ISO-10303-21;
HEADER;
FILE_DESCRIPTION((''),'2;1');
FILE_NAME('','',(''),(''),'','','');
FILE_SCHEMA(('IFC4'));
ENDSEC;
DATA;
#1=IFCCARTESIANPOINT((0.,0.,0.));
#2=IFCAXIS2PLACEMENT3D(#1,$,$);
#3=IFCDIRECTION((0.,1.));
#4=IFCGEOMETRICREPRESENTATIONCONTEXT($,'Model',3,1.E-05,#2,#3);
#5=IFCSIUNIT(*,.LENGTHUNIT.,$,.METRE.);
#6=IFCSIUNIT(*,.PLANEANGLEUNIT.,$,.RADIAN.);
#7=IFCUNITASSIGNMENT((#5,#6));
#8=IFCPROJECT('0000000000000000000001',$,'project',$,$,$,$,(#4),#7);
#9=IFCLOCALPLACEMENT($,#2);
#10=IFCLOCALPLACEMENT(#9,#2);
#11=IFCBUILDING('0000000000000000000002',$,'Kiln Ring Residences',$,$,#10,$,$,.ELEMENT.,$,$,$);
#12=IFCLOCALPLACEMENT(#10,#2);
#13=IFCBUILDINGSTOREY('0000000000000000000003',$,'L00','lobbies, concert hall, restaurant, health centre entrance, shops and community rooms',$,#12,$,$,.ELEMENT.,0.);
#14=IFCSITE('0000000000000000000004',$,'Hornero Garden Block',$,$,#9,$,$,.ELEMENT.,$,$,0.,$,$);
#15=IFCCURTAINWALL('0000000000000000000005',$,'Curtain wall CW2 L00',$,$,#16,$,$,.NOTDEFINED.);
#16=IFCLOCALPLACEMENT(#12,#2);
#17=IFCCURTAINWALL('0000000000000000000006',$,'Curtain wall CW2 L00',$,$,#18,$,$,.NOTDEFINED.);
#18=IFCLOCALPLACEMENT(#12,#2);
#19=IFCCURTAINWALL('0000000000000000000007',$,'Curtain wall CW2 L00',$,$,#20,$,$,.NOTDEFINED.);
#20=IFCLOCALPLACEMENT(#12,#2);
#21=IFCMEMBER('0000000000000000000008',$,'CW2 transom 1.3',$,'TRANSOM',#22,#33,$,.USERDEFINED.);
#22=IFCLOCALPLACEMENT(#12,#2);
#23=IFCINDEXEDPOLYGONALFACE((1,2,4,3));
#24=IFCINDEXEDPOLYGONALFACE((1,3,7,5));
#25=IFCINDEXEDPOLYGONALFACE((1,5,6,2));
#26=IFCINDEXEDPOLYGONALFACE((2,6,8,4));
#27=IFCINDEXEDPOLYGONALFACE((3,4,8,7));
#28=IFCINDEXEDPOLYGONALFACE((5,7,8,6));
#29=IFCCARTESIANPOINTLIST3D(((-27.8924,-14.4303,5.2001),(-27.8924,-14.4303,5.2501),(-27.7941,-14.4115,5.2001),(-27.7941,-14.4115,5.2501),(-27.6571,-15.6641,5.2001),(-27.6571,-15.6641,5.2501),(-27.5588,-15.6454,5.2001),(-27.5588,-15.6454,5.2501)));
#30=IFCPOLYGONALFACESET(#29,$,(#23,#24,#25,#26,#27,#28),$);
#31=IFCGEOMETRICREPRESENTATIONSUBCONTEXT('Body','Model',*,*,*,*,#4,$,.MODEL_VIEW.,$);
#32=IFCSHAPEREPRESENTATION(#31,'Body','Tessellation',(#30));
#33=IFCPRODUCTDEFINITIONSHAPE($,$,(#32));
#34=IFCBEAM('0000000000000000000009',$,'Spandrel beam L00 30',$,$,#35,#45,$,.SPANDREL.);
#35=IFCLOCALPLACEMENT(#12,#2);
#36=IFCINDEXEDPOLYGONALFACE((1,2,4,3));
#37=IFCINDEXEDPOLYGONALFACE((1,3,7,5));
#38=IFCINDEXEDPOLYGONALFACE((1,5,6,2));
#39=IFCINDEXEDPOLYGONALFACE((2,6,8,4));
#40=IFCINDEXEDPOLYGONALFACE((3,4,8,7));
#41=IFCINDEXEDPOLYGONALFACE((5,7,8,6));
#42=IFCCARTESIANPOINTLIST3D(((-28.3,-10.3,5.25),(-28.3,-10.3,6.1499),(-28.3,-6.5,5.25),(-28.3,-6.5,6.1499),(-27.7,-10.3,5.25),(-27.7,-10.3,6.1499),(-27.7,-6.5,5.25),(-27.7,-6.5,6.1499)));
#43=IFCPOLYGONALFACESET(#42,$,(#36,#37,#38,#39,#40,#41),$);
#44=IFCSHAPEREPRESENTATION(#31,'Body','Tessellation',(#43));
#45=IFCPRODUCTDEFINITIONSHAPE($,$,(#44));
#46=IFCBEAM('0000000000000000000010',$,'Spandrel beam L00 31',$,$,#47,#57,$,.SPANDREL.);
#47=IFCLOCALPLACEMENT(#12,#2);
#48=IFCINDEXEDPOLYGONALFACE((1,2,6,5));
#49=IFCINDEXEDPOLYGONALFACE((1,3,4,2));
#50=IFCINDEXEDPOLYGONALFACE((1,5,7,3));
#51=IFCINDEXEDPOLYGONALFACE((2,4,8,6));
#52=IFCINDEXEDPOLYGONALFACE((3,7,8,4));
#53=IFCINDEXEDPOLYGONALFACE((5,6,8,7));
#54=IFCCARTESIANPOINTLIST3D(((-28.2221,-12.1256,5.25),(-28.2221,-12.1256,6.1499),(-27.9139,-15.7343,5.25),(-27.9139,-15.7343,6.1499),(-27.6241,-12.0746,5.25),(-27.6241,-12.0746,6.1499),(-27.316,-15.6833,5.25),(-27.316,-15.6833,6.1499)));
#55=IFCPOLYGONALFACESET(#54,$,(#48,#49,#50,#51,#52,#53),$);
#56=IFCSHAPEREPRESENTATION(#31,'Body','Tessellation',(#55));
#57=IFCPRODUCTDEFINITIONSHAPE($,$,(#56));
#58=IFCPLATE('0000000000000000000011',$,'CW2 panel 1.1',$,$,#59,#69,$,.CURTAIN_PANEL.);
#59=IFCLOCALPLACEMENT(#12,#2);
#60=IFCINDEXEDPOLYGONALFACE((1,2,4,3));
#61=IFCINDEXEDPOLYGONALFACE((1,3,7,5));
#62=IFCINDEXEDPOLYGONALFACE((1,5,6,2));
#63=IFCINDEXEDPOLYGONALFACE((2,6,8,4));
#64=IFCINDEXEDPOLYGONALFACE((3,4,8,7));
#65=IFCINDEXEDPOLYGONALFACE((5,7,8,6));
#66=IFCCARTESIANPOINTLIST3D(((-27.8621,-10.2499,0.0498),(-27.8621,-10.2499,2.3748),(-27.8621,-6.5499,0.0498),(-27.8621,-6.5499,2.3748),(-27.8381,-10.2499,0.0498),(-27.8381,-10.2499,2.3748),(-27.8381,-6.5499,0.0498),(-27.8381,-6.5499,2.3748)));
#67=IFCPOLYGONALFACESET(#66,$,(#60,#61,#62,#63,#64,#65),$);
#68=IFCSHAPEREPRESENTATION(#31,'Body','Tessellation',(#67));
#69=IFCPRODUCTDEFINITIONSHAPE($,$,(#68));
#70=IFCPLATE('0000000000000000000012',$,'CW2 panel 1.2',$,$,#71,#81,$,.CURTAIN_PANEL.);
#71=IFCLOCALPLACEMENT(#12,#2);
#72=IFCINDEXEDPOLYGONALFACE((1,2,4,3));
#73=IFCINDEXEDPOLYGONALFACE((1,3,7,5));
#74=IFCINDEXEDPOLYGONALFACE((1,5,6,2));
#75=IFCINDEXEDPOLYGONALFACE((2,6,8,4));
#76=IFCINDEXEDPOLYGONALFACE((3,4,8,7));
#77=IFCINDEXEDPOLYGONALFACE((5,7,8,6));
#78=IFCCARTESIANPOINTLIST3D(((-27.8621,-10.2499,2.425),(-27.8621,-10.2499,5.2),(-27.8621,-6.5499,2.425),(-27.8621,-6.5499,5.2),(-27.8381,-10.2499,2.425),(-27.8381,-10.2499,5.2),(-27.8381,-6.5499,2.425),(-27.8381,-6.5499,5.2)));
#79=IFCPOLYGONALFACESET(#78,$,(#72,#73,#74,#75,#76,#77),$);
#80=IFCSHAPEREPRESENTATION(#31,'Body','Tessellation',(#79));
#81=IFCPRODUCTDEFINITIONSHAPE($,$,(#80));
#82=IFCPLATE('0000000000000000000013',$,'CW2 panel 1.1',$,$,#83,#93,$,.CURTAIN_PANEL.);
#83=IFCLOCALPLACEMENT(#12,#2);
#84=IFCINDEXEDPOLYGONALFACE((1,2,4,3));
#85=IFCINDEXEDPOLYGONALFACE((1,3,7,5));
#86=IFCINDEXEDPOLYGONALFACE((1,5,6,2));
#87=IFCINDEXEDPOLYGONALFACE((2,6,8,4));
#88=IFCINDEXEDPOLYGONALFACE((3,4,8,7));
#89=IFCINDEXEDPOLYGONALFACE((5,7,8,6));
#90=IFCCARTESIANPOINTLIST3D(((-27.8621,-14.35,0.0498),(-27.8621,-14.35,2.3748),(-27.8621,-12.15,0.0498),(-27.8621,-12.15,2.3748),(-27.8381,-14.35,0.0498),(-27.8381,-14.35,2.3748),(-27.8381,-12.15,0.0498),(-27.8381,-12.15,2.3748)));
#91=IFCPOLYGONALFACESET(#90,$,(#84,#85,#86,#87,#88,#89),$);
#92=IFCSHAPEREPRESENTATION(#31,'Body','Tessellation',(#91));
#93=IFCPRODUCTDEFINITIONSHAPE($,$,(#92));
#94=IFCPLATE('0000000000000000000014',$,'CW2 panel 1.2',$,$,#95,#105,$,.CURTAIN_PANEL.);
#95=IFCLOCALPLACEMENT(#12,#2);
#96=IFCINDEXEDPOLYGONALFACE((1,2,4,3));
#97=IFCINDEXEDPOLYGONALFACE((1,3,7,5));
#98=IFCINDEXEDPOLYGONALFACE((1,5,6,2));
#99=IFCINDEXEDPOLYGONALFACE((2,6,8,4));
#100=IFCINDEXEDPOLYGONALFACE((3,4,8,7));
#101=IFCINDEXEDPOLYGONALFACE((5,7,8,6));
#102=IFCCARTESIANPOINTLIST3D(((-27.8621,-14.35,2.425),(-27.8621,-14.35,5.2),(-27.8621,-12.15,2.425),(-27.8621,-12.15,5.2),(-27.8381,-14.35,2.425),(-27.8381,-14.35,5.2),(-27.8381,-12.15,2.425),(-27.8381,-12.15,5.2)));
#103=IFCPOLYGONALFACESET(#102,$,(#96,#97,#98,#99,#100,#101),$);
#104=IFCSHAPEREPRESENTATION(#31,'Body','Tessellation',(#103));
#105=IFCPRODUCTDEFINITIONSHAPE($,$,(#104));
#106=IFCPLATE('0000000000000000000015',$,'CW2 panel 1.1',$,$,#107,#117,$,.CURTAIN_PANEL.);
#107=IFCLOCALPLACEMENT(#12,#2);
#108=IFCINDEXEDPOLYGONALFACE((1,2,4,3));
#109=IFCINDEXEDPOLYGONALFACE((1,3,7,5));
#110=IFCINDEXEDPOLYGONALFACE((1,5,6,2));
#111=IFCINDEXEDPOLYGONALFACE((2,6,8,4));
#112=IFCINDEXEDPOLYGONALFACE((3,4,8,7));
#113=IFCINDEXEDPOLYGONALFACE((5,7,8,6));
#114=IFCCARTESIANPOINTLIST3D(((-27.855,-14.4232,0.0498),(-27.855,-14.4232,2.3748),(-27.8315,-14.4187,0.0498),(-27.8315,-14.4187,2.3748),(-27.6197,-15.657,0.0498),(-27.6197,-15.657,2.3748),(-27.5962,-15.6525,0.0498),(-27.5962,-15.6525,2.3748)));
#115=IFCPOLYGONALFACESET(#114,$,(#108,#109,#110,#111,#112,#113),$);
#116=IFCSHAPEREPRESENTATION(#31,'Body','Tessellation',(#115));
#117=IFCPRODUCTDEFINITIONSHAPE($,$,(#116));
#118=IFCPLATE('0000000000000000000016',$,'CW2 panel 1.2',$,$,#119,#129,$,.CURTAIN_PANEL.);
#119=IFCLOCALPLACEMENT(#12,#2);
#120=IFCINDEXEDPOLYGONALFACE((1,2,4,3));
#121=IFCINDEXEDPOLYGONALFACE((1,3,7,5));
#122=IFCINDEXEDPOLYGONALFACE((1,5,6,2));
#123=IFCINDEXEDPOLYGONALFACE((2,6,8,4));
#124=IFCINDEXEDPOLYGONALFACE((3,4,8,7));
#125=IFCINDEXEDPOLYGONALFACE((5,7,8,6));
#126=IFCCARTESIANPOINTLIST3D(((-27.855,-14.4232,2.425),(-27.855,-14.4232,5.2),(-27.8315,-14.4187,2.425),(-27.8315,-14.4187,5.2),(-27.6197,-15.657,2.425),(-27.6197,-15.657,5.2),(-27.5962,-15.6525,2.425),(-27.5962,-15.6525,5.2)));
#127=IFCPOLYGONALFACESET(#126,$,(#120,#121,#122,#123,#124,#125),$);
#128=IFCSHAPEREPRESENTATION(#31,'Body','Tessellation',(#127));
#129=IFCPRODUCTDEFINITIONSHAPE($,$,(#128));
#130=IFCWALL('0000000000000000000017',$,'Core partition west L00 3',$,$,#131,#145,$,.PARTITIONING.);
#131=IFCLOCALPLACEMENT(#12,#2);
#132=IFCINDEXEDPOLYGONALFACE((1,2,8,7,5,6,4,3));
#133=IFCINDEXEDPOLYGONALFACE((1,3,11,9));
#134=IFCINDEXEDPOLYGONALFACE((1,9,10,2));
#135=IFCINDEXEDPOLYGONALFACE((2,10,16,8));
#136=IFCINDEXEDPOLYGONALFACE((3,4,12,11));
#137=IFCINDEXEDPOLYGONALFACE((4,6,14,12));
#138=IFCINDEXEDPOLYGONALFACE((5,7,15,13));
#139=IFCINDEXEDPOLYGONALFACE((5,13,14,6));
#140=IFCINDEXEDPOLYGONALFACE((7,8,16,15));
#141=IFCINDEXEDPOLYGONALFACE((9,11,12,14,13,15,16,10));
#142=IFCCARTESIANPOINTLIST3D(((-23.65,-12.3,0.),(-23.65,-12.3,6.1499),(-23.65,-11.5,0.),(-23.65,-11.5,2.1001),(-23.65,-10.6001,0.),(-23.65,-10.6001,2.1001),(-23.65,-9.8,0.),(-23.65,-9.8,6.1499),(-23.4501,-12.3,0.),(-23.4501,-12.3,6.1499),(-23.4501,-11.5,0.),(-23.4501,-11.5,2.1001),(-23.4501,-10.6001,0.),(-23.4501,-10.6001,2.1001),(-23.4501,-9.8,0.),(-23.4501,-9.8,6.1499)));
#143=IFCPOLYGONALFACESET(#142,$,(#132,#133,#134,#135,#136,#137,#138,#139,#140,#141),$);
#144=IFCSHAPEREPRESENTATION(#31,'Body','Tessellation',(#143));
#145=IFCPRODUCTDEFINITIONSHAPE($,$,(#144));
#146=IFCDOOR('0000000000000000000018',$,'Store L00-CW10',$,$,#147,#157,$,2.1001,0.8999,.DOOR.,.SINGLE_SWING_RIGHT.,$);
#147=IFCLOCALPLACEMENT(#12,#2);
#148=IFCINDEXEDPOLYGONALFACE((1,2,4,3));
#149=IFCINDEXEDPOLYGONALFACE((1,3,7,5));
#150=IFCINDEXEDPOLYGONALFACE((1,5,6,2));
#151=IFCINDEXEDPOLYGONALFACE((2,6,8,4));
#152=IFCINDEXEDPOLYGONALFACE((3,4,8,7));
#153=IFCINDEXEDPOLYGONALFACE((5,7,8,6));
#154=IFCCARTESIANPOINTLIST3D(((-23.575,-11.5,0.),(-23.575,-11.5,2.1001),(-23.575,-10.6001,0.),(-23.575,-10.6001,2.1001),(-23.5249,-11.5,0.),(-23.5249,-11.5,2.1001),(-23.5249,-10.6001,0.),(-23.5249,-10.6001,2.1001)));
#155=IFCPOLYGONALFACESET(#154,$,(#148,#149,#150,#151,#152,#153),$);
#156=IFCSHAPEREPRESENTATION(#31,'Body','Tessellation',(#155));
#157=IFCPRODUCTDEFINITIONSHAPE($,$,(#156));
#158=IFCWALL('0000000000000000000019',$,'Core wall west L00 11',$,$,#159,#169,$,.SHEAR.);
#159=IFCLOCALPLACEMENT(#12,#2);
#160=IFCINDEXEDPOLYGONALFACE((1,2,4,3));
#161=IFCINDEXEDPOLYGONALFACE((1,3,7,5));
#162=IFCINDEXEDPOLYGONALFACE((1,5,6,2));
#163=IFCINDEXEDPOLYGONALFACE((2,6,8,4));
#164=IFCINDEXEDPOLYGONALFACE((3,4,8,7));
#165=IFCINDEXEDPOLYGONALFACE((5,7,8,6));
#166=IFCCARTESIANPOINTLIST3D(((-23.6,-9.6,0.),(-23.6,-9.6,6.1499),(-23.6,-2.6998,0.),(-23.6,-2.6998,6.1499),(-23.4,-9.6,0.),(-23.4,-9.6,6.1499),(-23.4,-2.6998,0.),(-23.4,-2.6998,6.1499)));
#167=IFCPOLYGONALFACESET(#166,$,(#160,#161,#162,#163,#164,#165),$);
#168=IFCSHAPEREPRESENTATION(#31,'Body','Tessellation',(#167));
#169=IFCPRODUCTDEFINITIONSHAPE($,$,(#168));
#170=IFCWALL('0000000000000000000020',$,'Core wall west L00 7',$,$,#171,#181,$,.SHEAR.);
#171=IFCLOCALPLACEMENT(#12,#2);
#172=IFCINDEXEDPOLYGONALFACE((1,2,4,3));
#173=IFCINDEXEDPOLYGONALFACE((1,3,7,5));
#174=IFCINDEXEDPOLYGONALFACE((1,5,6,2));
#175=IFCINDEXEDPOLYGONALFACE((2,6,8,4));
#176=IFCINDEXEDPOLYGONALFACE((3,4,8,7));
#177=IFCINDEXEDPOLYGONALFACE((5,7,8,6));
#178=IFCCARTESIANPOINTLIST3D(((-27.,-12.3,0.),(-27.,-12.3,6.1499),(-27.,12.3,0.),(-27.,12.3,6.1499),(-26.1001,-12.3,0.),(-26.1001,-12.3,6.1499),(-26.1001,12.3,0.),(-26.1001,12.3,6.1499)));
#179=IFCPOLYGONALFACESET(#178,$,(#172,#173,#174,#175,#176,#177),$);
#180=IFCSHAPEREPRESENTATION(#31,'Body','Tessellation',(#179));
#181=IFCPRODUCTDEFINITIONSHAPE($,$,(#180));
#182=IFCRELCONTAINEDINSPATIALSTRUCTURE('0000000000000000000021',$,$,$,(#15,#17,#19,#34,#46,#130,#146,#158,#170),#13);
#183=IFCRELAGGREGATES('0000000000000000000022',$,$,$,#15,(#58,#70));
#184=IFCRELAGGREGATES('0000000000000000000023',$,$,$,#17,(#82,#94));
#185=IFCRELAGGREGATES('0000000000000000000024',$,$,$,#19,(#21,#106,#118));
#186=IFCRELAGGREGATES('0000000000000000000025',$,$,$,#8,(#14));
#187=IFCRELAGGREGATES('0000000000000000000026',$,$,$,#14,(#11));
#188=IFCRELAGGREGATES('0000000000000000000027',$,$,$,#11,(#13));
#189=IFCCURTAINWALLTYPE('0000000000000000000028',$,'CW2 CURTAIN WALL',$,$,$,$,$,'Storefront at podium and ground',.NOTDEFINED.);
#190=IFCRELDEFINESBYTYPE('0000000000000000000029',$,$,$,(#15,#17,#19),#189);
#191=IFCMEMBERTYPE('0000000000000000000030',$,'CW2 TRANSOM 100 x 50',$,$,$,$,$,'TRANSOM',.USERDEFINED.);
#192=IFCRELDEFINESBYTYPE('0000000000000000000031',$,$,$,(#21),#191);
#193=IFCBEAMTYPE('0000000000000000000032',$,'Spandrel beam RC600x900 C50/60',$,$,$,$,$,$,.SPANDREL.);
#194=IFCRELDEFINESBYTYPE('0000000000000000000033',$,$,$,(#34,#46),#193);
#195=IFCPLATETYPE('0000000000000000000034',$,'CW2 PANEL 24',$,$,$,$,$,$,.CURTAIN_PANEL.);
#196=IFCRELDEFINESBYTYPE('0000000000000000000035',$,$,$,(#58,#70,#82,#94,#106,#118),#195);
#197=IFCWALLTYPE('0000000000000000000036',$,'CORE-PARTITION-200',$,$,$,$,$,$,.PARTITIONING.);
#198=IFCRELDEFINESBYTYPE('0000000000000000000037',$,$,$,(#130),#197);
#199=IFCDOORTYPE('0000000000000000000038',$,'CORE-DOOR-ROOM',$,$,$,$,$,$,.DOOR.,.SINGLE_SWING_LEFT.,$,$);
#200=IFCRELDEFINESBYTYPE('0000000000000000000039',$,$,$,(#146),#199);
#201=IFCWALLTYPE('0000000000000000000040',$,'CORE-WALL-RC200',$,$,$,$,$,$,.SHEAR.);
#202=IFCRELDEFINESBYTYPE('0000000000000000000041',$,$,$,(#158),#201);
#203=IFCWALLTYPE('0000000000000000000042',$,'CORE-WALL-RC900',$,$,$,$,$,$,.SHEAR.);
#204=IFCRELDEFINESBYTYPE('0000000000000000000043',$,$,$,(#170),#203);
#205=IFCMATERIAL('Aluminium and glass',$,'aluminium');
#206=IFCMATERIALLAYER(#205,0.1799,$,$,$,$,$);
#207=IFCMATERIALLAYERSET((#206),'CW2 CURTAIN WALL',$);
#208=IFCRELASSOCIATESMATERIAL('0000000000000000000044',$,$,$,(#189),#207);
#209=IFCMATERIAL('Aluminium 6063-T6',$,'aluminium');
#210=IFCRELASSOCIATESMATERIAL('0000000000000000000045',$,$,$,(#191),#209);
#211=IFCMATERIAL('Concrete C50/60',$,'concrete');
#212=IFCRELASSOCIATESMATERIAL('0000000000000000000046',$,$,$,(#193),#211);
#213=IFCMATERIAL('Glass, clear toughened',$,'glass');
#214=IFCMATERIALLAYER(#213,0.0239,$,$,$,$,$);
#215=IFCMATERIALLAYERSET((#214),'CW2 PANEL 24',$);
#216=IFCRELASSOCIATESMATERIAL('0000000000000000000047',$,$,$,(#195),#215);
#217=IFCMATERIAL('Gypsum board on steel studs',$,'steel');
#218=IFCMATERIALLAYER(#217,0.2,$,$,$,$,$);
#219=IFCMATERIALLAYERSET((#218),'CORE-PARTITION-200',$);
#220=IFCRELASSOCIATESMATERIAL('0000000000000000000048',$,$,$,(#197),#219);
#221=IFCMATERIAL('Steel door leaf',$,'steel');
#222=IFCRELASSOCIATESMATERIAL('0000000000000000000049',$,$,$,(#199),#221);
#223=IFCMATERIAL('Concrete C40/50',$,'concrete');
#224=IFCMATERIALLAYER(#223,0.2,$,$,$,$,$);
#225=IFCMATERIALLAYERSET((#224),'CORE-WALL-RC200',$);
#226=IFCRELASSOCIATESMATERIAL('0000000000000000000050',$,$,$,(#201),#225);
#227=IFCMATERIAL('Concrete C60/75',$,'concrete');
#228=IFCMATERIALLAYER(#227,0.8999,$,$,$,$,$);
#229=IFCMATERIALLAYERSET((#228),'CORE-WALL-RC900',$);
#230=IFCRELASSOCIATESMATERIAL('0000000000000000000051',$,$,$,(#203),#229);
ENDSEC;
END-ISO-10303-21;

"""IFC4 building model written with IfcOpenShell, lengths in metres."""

from ifc_helpers import new_model, si_unit, direction, frame, frame_2d, origin, origin_2d, place, context, subcontext, project, spatial, rectangle, extrude, material, layer, layer_set, material_profile, profile_set, type_object, element, fill, aggregate, save


model = new_model("IFC4")

# Units and contexts
model_context = context("Model", 3, precision=1e-05, world=origin(), true_north=direction((0.0, 1.0)))
body_context = subcontext(model_context, "Body", "Model", "MODEL_VIEW")
ifc_project = project(units=[si_unit("LENGTHUNIT", "METRE"), si_unit("PLANEANGLEUNIT", "RADIAN")], contexts=[model_context])

# Site, building, storey
site_placement = place(None, origin())
site = spatial("IfcSite", under=ifc_project, at=site_placement, Name="Hornero Garden Block", CompositionType="ELEMENT", RefElevation=0.0)
building_placement = place(site_placement, origin())
building = spatial("IfcBuilding", under=site, at=building_placement, Name="Kiln Ring Residences", CompositionType="ELEMENT")
storey_placement = place(building_placement, origin())
storey = spatial("IfcBuildingStorey", under=building, at=storey_placement, Name="L00", Description="lobbies, concert hall, restaurant, health centre entrance, shops and community rooms", CompositionType="ELEMENT", Elevation=0.0)

# Curtain walls
ifc_material_1 = material(Name="Aluminium and glass", Category="aluminium")
ifc_layer_1 = layer(ifc_material_1, 0.1799)
ifc_layer_set_1 = layer_set([ifc_layer_1], Name="CW2 CURTAIN WALL")
curtain_wall_type = type_object("IfcCurtainWallType", Name="CW2 CURTAIN WALL", ElementType="Storefront at podium and ground", PredefinedType="NOTDEFINED", material=ifc_layer_set_1)
placement = place(storey_placement, origin())
curtain_wall_1 = element("IfcCurtainWall", 1, at=placement, inside=storey, type_object=curtain_wall_type, Name="Curtain wall CW2 L00", PredefinedType="NOTDEFINED")
curtain_wall_2 = element("IfcCurtainWall", 2, at=placement, inside=storey, type_object=curtain_wall_type, Name="Curtain wall CW2 L00", PredefinedType="NOTDEFINED")

# Curtain wall
curtain_wall_3 = element("IfcCurtainWall", 3, at=placement, inside=storey, type_object=curtain_wall_type, Name="Curtain wall CW2 L00", PredefinedType="NOTDEFINED")

# Member
ifc_material_2 = material(Name="Aluminium 6063-T6", Category="aluminium")
ifc_material_profile_1 = material_profile(ifc_material_2, rectangle(XDim=0.1001, YDim=0.05, at=origin_2d()), Name="AL 100x50")
ifc_profile_set_1 = profile_set([ifc_material_profile_1], Name="Aluminium 6063-T6")
member_type_1 = type_object("IfcMemberType", Name="CW2 TRANSOM 100 x 50", ElementType="TRANSOM", PredefinedType="USERDEFINED", material=ifc_profile_set_1)
member_1_placement = place(storey_placement, frame((-27.8433, -14.4209, 5.2251), z_axis=(0.187362, -0.982291, 0.0), x_axis=(0.982291, 0.187362, 0.0)))
member_1 = element("IfcMember", 4, at=member_1_placement, type_object=member_type_1, Name="CW2 transom 1.3", ObjectType="TRANSOM", PredefinedType="USERDEFINED", context=body_context, shape_type="SweptSolid", body=[
    extrude(rectangle(XDim=0.1001, YDim=0.05, at=origin_2d()), origin(), (0.0, 0.0, 1.0), 1.2561),
])

# Beams
ifc_material_3 = material(Name="Concrete C50/60", Category="concrete")
ifc_material_profile_2 = material_profile(ifc_material_3, rectangle(XDim=0.6001, YDim=0.8999, at=origin_2d()), Name="RC600x900")
ifc_profile_set_2 = profile_set([ifc_material_profile_2], Name="Concrete C50/60")
beam_type = type_object("IfcBeamType", Name="Spandrel beam RC600x900 C50/60", PredefinedType="SPANDREL", material=ifc_profile_set_2)
beam_1_placement = place(storey_placement, frame((-28.0, -6.5, 5.7), z_axis=(0.0, -1.0, 0.0), x_axis=(1.0, 0.0, 0.0)))
element("IfcBeam", 5, at=beam_1_placement, inside=storey, type_object=beam_type, Name="Spandrel beam L00 30", PredefinedType="SPANDREL", context=body_context, shape_type="SweptSolid", body=[
    extrude(rectangle(XDim=0.6001, YDim=0.8999, at=origin_2d()), origin(), (0.0, 0.0, 1.0), 3.8),
])
beam_2_placement = place(storey_placement, frame((-27.9231, -12.1001, 5.7), z_axis=(0.08507, -0.996375, 0.0), x_axis=(0.996375, 0.08507, 0.0)))
element("IfcBeam", 6, at=beam_2_placement, inside=storey, type_object=beam_type, Name="Spandrel beam L00 31", PredefinedType="SPANDREL", context=body_context, shape_type="SweptSolid", body=[
    extrude(rectangle(XDim=0.6001, YDim=0.8999, at=origin_2d()), origin(), (0.0, 0.0, 1.0), 3.6218),
])

# Plates
ifc_material_4 = material(Name="Glass, clear toughened", Category="glass")
ifc_layer_2 = layer(ifc_material_4, 0.0239)
ifc_layer_set_2 = layer_set([ifc_layer_2], Name="CW2 PANEL 24")
plate_type = type_object("IfcPlateType", Name="CW2 PANEL 24", PredefinedType="CURTAIN_PANEL", material=ifc_layer_set_2)
plate_1_placement = place(storey_placement, frame((-27.8501, -8.3999, 0.0498), z_axis=(0.0, 0.0, 1.0), x_axis=(0.0, -1.0, 0.0)))
plate_1 = element("IfcPlate", 7, at=plate_1_placement, type_object=plate_type, Name="CW2 panel 1.1", PredefinedType="CURTAIN_PANEL", context=body_context, shape_type="SweptSolid", body=[
    extrude(rectangle(XDim=3.7, YDim=0.0239, at=origin_2d()), origin(), (0.0, 0.0, 1.0), 2.325),
])
plate_2_placement = place(storey_placement, frame((-27.8501, -8.3999, 2.425), z_axis=(0.0, 0.0, 1.0), x_axis=(0.0, -1.0, 0.0)))
plate_2 = element("IfcPlate", 8, at=plate_2_placement, type_object=plate_type, Name="CW2 panel 1.2", PredefinedType="CURTAIN_PANEL", context=body_context, shape_type="SweptSolid", body=[
    extrude(rectangle(XDim=3.7, YDim=0.0239, at=origin_2d()), origin(), (0.0, 0.0, 1.0), 2.7749),
])
aggregate(curtain_wall_1, [plate_1, plate_2])
plate_3_placement = place(storey_placement, frame((-27.8501, -13.25, 0.0498), z_axis=(0.0, 0.0, 1.0), x_axis=(0.0, -1.0, 0.0)))
plate_3 = element("IfcPlate", 9, at=plate_3_placement, type_object=plate_type, Name="CW2 panel 1.1", PredefinedType="CURTAIN_PANEL", context=body_context, shape_type="SweptSolid", body=[
    extrude(rectangle(XDim=2.2, YDim=0.0239, at=origin_2d()), origin(), (0.0, 0.0, 1.0), 2.325),
])
plate_4_placement = place(storey_placement, frame((-27.8501, -13.25, 2.425), z_axis=(0.0, 0.0, 1.0), x_axis=(0.0, -1.0, 0.0)))
plate_4 = element("IfcPlate", 10, at=plate_4_placement, type_object=plate_type, Name="CW2 panel 1.2", PredefinedType="CURTAIN_PANEL", context=body_context, shape_type="SweptSolid", body=[
    extrude(rectangle(XDim=2.2, YDim=0.0239, at=origin_2d()), origin(), (0.0, 0.0, 1.0), 2.7749),
])
aggregate(curtain_wall_2, [plate_3, plate_4])
plate_5_placement = place(storey_placement, frame((-27.7256, -15.0378, 0.0498), z_axis=(0.0, 0.0, 1.0), x_axis=(0.187366, -0.98229, 0.0)))
plate_5 = element("IfcPlate", 11, at=plate_5_placement, type_object=plate_type, Name="CW2 panel 1.1", PredefinedType="CURTAIN_PANEL", context=body_context, shape_type="SweptSolid", body=[
    extrude(rectangle(XDim=1.2561, YDim=0.0239, at=origin_2d()), origin(), (0.0, 0.0, 1.0), 2.325),
])
plate_6_placement = place(storey_placement, frame((-27.7256, -15.0378, 2.425), z_axis=(0.0, 0.0, 1.0), x_axis=(0.187366, -0.98229, 0.0)))
plate_6 = element("IfcPlate", 12, at=plate_6_placement, type_object=plate_type, Name="CW2 panel 1.2", PredefinedType="CURTAIN_PANEL", context=body_context, shape_type="SweptSolid", body=[
    extrude(rectangle(XDim=1.2561, YDim=0.0239, at=origin_2d()), origin(), (0.0, 0.0, 1.0), 2.7749),
])
aggregate(curtain_wall_3, [member_1, plate_5, plate_6])

# Wall, opening, door
ifc_material_5 = material(Name="Gypsum board on steel studs", Category="steel")
ifc_layer_3 = layer(ifc_material_5, 0.2)
ifc_layer_set_3 = layer_set([ifc_layer_3], Name="CORE-PARTITION-200")
wall_type_1 = type_object("IfcWallType", Name="CORE-PARTITION-200", PredefinedType="PARTITIONING", material=ifc_layer_set_3)
wall_1_placement = place(storey_placement, frame((-23.55, -12.3, 0.0), z_axis=(0.0, 0.0, 1.0), x_axis=(0.0, 1.0, 0.0)))
wall_1 = element("IfcWall", 13, at=wall_1_placement, inside=storey, type_object=wall_type_1, Name="Core partition west L00 3", PredefinedType="PARTITIONING", context=body_context, shape_type="SweptSolid", body=[
    extrude(rectangle(XDim=2.5, YDim=0.2, at=frame_2d((1.25, 0.0))), origin(), (0.0, 0.0, 1.0), 6.1499),
])
opening_placement = place(wall_1_placement, frame((0.8, 0.0, 0.0)))
opening = element("IfcOpeningElement", 14, at=opening_placement, cuts=wall_1, PredefinedType="OPENING", context=body_context, shape_type="SweptSolid", body=[
    extrude(rectangle(XDim=0.8999, YDim=2.1001, at=frame_2d((0.45, 1.05))), frame((0.0, 0.1099, 0.0), z_axis=(0.0, -1.0, 0.0), x_axis=(1.0, 0.0, 0.0)), (0.0, 0.0, 1.0), 0.22),
])
ifc_material_6 = material(Name="Steel door leaf", Category="steel")
door_type = type_object("IfcDoorType", Name="CORE-DOOR-ROOM", OperationType="SINGLE_SWING_LEFT", PredefinedType="DOOR", material=ifc_material_6)
door_placement = place(opening_placement, origin())
door = element("IfcDoor", 15, at=door_placement, inside=storey, type_object=door_type, Name="Store L00-CW10", OperationType="SINGLE_SWING_RIGHT", OverallHeight=2.1001, OverallWidth=0.8999, PredefinedType="DOOR", context=body_context, shape_type="SweptSolid", body=[
    extrude(rectangle(XDim=0.8999, YDim=2.1001, at=frame_2d((0.45, 1.05))), frame((0.0, 0.0249, 0.0), z_axis=(0.0, -1.0, 0.0), x_axis=(1.0, 0.0, 0.0)), (0.0, 0.0, 1.0), 0.05),
])
fill(opening, door)

# Walls
ifc_material_7 = material(Name="Concrete C40/50", Category="concrete")
ifc_layer_4 = layer(ifc_material_7, 0.2)
ifc_layer_set_4 = layer_set([ifc_layer_4], Name="CORE-WALL-RC200")
wall_type_2 = type_object("IfcWallType", Name="CORE-WALL-RC200", PredefinedType="SHEAR", material=ifc_layer_set_4)
wall_2_placement = place(storey_placement, frame((-23.5, -9.6001, 0.0), z_axis=(0.0, 0.0, 1.0), x_axis=(0.0, 1.0, 0.0)))
element("IfcWall", 16, at=wall_2_placement, inside=storey, type_object=wall_type_2, Name="Core wall west L00 11", PredefinedType="SHEAR", context=body_context, shape_type="SweptSolid", body=[
    extrude(rectangle(XDim=6.9001, YDim=0.2, at=frame_2d((3.4502, 0.0))), origin(), (0.0, 0.0, 1.0), 6.1499),
])
ifc_material_8 = material(Name="Concrete C60/75", Category="concrete")
ifc_layer_5 = layer(ifc_material_8, 0.8999)
ifc_layer_set_5 = layer_set([ifc_layer_5], Name="CORE-WALL-RC900")
wall_type_3 = type_object("IfcWallType", Name="CORE-WALL-RC900", PredefinedType="SHEAR", material=ifc_layer_set_5)
wall_3_placement = place(storey_placement, frame((-26.55, -12.3, 0.0), z_axis=(0.0, 0.0, 1.0), x_axis=(0.0, 1.0, 0.0)))
element("IfcWall", 17, at=wall_3_placement, inside=storey, type_object=wall_type_3, Name="Core wall west L00 7", PredefinedType="SHEAR", context=body_context, shape_type="SweptSolid", body=[
    extrude(rectangle(XDim=24.6001, YDim=0.8999, at=frame_2d((12.3, 0.0))), origin(), (0.0, 0.0, 1.0), 6.1499),
])

save(model, "model.ifc")
